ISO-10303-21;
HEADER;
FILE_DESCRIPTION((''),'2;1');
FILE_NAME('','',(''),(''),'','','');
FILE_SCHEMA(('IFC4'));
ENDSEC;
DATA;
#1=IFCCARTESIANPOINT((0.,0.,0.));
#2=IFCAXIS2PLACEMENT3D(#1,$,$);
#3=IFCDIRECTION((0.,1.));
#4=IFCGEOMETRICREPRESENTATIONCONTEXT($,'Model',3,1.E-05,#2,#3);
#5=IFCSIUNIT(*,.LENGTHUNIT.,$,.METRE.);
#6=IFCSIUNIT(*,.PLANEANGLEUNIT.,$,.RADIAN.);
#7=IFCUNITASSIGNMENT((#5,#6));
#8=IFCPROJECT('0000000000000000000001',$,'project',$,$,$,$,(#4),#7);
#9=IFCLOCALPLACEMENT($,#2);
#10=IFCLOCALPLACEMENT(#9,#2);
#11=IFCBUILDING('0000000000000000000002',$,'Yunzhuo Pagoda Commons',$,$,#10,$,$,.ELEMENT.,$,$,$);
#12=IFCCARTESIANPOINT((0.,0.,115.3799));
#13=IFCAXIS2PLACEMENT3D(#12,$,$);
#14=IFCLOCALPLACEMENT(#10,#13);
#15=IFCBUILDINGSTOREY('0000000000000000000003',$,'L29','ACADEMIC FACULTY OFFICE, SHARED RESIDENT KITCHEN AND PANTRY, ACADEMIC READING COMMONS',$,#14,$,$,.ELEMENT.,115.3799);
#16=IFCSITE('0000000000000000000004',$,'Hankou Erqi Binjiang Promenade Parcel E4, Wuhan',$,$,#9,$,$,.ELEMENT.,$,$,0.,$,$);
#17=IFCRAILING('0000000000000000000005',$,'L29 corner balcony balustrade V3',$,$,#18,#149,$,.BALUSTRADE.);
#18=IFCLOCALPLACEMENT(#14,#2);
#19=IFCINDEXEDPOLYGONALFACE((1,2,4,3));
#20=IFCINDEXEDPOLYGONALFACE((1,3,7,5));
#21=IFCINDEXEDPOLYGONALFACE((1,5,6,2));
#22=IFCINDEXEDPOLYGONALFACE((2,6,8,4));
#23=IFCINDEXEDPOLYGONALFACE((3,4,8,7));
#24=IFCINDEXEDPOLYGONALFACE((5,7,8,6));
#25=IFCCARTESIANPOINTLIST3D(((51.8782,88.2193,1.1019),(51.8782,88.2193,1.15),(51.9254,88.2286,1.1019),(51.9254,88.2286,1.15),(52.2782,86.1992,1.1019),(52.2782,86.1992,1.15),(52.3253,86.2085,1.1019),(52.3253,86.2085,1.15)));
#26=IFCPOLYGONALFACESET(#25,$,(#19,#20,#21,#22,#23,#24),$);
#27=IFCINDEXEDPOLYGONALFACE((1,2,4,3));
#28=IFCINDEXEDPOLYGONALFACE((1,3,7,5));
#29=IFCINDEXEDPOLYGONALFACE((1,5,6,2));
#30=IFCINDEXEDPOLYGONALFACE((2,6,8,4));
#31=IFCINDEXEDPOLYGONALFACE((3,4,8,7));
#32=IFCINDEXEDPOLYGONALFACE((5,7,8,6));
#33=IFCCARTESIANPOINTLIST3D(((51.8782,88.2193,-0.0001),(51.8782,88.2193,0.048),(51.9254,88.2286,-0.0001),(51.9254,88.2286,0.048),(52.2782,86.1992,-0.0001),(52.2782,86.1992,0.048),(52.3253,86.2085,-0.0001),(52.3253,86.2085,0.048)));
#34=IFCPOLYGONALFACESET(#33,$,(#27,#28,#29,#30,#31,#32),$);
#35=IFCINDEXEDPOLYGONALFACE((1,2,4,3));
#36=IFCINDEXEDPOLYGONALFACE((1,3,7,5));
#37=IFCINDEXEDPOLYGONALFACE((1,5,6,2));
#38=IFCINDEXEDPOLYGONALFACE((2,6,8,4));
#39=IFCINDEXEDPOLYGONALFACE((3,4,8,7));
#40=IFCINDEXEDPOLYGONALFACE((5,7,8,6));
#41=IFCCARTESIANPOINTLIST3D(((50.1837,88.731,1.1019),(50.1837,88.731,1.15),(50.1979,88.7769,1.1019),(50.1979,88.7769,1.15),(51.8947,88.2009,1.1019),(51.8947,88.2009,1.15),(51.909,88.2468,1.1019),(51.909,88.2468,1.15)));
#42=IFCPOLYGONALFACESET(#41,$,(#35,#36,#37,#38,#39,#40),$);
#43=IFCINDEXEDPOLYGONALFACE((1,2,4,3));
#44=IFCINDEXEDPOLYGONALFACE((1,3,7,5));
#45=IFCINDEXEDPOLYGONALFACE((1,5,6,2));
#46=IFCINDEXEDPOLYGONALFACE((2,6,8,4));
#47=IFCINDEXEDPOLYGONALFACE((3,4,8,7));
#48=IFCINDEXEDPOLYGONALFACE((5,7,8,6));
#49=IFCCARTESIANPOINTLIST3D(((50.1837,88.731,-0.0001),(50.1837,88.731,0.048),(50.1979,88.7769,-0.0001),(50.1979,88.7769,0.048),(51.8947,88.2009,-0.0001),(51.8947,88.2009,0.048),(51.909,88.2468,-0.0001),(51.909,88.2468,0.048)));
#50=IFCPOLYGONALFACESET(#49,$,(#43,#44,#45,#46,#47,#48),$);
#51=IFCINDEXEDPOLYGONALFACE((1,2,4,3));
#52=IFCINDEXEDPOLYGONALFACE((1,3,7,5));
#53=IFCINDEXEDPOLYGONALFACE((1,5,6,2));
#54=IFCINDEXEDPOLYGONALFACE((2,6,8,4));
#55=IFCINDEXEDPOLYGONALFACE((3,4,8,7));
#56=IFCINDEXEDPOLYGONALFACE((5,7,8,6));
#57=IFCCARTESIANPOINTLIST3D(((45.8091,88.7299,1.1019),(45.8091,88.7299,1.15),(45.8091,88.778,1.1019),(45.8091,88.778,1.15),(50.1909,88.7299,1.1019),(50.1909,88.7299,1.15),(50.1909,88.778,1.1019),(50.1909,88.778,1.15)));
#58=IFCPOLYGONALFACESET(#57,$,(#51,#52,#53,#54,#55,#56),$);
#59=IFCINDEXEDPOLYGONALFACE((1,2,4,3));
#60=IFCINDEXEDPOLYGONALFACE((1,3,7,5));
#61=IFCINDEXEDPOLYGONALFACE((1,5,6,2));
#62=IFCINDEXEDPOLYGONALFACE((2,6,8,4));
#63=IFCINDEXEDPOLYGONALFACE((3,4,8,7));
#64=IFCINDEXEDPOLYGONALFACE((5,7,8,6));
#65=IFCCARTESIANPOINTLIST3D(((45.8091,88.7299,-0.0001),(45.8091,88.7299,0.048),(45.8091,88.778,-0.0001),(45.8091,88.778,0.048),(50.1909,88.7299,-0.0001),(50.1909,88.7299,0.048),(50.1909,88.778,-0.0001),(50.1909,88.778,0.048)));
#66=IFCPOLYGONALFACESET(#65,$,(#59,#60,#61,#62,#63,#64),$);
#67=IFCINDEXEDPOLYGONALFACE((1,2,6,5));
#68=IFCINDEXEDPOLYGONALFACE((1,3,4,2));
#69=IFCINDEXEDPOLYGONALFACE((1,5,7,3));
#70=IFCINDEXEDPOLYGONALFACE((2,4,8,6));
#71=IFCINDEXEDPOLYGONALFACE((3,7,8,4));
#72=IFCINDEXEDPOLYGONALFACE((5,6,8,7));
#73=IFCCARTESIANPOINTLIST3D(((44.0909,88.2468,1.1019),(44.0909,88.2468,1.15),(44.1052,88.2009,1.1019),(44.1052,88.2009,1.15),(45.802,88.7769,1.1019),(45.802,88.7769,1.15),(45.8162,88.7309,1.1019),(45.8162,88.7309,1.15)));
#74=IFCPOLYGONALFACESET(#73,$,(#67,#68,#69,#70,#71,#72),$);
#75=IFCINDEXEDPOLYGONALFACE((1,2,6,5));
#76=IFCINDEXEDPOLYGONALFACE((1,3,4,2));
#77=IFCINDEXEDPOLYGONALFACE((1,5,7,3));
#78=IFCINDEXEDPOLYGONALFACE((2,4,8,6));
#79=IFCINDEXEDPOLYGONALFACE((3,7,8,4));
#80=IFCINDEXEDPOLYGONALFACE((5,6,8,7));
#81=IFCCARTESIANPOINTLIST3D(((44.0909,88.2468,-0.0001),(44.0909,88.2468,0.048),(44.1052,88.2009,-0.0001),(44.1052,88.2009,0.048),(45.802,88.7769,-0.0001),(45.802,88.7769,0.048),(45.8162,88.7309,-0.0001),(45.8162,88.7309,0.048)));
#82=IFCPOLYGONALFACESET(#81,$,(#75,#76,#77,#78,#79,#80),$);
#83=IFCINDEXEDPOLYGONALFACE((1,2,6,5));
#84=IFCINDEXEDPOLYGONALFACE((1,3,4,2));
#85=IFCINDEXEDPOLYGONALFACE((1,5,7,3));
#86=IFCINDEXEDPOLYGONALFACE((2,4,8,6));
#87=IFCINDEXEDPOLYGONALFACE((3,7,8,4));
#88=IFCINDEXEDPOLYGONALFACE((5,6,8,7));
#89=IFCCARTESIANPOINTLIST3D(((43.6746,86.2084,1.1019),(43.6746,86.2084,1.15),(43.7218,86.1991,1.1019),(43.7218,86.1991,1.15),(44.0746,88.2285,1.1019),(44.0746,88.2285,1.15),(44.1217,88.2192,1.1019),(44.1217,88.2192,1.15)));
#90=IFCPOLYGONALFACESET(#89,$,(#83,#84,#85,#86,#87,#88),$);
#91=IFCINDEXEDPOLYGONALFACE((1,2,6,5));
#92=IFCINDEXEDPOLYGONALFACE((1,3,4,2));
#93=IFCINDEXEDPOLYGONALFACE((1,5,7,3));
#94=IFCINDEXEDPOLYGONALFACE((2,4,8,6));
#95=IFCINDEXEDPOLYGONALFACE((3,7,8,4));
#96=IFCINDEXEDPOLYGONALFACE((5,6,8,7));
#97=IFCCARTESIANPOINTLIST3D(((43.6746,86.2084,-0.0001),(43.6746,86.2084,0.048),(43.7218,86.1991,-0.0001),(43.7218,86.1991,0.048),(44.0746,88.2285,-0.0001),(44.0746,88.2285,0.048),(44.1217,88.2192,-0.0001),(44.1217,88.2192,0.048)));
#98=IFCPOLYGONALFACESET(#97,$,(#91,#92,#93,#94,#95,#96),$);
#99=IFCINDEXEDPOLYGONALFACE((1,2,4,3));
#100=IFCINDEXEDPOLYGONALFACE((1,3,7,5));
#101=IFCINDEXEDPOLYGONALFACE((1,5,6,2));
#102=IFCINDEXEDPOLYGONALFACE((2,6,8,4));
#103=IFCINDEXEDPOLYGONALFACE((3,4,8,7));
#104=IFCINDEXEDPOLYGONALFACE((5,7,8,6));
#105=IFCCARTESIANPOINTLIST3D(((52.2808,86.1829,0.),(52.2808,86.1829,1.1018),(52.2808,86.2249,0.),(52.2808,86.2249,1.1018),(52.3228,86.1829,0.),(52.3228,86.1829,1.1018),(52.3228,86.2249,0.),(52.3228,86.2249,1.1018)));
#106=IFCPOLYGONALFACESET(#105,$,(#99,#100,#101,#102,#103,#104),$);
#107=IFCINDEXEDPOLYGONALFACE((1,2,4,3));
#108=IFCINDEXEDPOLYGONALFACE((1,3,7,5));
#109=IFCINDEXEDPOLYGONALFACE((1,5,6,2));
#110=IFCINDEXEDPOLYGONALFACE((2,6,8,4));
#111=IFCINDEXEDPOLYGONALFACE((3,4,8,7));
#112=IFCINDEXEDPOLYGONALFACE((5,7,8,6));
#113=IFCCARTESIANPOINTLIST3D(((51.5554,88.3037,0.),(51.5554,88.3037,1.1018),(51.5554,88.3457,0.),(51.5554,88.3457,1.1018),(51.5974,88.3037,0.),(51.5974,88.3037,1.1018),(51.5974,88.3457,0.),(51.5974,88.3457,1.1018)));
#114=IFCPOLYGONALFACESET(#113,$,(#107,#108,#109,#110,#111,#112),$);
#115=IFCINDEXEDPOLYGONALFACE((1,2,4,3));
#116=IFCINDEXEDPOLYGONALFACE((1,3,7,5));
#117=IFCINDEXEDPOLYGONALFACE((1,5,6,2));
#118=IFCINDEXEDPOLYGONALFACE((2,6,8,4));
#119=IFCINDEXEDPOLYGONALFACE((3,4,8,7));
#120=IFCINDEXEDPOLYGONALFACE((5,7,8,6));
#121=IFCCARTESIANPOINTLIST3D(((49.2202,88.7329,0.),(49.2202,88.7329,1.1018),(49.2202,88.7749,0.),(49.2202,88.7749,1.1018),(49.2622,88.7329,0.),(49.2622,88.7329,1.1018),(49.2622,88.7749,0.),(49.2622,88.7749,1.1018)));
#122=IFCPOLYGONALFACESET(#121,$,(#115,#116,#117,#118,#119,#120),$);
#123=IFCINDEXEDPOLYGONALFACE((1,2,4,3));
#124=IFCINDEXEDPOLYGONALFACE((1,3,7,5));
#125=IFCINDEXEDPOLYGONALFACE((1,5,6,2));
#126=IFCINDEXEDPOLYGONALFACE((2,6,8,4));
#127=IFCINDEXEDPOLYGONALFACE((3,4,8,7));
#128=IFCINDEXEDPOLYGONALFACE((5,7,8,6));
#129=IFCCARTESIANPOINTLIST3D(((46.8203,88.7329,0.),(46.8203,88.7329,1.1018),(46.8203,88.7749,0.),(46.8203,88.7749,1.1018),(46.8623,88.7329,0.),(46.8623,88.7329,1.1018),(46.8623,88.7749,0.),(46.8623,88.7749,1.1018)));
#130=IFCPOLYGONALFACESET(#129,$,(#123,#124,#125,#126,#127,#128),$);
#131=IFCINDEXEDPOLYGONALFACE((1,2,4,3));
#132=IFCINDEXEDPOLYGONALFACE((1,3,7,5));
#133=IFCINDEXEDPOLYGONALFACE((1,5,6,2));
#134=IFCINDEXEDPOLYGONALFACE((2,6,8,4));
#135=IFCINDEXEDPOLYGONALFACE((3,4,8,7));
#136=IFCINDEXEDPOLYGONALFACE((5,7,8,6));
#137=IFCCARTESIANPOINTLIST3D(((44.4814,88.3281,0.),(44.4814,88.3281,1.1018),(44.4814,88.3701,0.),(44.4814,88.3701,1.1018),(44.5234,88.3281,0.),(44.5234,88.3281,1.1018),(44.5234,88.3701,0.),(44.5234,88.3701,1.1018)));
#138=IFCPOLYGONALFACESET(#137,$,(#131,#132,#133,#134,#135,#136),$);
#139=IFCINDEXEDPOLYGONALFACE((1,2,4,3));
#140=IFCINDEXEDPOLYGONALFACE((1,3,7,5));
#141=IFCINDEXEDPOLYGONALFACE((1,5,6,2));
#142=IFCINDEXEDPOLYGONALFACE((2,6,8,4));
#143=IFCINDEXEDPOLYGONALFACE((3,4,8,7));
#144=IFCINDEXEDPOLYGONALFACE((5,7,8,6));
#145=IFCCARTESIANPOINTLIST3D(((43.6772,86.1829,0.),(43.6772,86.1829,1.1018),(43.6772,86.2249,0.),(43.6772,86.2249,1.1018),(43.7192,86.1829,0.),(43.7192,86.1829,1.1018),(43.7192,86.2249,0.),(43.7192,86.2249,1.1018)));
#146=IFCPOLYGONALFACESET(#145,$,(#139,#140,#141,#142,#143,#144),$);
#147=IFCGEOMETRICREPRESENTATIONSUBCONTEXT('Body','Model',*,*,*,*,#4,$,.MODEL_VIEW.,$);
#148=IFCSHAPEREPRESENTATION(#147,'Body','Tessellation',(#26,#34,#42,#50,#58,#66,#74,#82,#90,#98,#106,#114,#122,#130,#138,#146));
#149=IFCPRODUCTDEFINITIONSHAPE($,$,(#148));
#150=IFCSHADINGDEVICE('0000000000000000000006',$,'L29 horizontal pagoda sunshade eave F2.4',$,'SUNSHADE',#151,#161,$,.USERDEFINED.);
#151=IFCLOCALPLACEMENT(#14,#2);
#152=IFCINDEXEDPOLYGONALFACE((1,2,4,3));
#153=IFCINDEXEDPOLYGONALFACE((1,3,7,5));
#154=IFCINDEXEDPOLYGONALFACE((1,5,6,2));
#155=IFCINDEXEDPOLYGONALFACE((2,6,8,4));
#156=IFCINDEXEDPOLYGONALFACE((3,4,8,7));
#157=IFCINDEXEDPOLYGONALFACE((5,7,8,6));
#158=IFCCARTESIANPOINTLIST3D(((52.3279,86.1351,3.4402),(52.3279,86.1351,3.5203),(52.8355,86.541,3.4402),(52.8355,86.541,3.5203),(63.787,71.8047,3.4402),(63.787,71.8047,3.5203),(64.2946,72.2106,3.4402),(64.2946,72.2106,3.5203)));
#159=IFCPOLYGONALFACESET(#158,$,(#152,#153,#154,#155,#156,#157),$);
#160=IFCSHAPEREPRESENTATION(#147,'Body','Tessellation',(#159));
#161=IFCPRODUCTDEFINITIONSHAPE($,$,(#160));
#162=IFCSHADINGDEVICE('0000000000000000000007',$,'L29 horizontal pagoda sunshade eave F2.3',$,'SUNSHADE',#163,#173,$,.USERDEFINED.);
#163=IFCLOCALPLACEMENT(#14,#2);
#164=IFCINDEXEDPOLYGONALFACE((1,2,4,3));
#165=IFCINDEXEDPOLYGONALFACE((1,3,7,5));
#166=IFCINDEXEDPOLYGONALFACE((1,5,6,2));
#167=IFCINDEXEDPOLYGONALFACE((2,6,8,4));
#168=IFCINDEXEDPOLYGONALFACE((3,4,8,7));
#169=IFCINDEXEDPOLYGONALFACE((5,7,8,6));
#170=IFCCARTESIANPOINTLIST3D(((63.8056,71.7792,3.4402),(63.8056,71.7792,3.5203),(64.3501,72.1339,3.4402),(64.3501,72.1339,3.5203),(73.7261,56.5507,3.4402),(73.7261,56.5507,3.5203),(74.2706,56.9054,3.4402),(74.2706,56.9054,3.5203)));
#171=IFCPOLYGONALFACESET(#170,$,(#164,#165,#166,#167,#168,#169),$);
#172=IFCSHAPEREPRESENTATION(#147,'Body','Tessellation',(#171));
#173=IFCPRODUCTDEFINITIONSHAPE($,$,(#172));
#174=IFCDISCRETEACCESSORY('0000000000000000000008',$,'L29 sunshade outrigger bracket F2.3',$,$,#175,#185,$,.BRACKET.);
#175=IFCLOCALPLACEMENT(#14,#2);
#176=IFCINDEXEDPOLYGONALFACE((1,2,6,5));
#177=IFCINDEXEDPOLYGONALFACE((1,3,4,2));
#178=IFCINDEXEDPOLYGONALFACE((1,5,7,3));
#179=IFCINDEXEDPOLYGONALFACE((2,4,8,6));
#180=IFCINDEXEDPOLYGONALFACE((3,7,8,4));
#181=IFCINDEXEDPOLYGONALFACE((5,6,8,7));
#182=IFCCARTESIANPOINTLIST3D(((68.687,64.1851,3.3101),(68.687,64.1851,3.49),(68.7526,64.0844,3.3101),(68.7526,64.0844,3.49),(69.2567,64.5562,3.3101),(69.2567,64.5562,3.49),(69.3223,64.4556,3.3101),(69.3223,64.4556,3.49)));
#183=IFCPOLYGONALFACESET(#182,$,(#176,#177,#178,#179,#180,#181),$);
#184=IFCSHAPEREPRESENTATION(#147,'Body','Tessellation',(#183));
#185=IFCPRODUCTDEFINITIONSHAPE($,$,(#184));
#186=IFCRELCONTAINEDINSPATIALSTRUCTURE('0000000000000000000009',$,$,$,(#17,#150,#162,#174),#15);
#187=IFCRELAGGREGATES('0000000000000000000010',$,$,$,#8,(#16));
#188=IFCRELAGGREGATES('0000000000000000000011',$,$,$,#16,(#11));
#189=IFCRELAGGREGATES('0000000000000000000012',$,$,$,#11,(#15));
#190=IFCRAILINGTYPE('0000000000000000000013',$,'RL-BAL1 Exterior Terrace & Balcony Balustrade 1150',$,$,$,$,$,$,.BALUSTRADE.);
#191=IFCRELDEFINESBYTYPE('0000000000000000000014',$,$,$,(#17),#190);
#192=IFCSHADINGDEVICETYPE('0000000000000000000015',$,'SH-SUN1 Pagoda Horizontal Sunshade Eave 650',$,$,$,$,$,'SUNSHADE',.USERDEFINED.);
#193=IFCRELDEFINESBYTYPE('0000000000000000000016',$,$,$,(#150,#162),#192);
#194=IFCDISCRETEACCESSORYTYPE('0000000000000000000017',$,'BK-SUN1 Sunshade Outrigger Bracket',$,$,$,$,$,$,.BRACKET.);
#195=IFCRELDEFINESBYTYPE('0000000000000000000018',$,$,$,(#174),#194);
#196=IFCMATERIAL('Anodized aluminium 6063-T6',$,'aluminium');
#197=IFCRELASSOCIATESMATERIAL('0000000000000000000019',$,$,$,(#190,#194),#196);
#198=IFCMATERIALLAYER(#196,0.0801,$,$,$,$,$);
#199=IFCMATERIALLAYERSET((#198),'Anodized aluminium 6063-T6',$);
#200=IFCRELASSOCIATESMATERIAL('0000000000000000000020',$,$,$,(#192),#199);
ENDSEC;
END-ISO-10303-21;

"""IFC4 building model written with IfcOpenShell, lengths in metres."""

from ifc_helpers import new_model, si_unit, direction, frame, origin, origin_2d, place, context, subcontext, project, spatial, rectangle, extrude, source, transform, mapped, material, layer, layer_set, type_object, element, save


model = new_model("IFC4")

# Units and contexts
model_context = context("Model", 3, precision=1e-05, world=origin(), true_north=direction((0.0, 1.0)))
body_context = subcontext(model_context, "Body", "Model", "MODEL_VIEW")
ifc_project = project(units=[si_unit("LENGTHUNIT", "METRE"), si_unit("PLANEANGLEUNIT", "RADIAN")], contexts=[model_context])

# Site, building, storey
site_placement = place(None, origin())
site = spatial("IfcSite", under=ifc_project, at=site_placement, Name="Hankou Erqi Binjiang Promenade Parcel E4, Wuhan", CompositionType="ELEMENT", RefElevation=0.0)
building_placement = place(site_placement, origin())
building = spatial("IfcBuilding", under=site, at=building_placement, Name="Yunzhuo Pagoda Commons", CompositionType="ELEMENT")
storey_placement = place(building_placement, frame((0.0, 0.0, 115.3799)))
storey = spatial("IfcBuildingStorey", under=building, at=storey_placement, Name="L29", Description="ACADEMIC FACULTY OFFICE, SHARED RESIDENT KITCHEN AND PANTRY, ACADEMIC READING COMMONS", CompositionType="ELEMENT", Elevation=115.3799)

# Shared definitions
ifc_material_1 = material(Name="Anodized aluminium 6063-T6", Category="aluminium")

# Railing
railing_type_1 = type_object("IfcRailingType", Name="RL-BAL1 Exterior Terrace & Balcony Balustrade 1150", PredefinedType="BALUSTRADE", material=ifc_material_1)
railing_1_placement = place(storey_placement, frame((52.3018, 86.2039, 0.0)))
element("IfcRailing", 1, at=railing_1_placement, inside=storey, type_object=railing_type_1, Name="L29 corner balcony balustrade V3", PredefinedType="BALUSTRADE", context=body_context, shape_type="SweptSolid", body=[
    extrude(rectangle(XDim=0.0481, YDim=0.0481, at=origin_2d()), frame((0.0, 0.0, 1.126), z_axis=(-0.194201, 0.980962, 0.0), x_axis=(-0.980962, -0.194201, 0.0)), (0.0, 0.0, 1.0), 2.0593),
    extrude(rectangle(XDim=0.0481, YDim=0.0481, at=origin_2d()), frame((0.0, 0.0, 0.0239), z_axis=(-0.194201, 0.980962, 0.0), x_axis=(-0.980962, -0.194201, 0.0)), (0.0, 0.0, 1.0), 2.0593),
    extrude(rectangle(XDim=0.0481, YDim=0.0481, at=origin_2d()), frame((-0.3999, 2.02, 1.126), z_axis=(-0.955214, 0.295915, 0.0), x_axis=(-0.295915, -0.955214, 0.0)), (0.0, 0.0, 1.0), 1.7913),
    extrude(rectangle(XDim=0.0481, YDim=0.0481, at=origin_2d()), frame((-0.3999, 2.02, 0.0239), z_axis=(-0.955214, 0.295915, 0.0), x_axis=(-0.295915, -0.955214, 0.0)), (0.0, 0.0, 1.0), 1.7913),
    extrude(rectangle(XDim=0.0481, YDim=0.0481, at=origin_2d()), frame((-2.1108, 2.55, 1.126), z_axis=(-1.0, 0.0, 0.0), x_axis=(0.0, -1.0, 0.0)), (0.0, 0.0, 1.0), 4.3818),
    extrude(rectangle(XDim=0.0481, YDim=0.0481, at=origin_2d()), frame((-2.1108, 2.55, 0.0239), z_axis=(-1.0, 0.0, 0.0), x_axis=(0.0, -1.0, 0.0)), (0.0, 0.0, 1.0), 4.3818),
    extrude(rectangle(XDim=0.0481, YDim=0.0481, at=origin_2d()), frame((-6.4927, 2.55, 1.126), z_axis=(-0.955214, -0.295915, 0.0), x_axis=(0.295915, -0.955214, 0.0)), (0.0, 0.0, 1.0), 1.7913),
    extrude(rectangle(XDim=0.0481, YDim=0.0481, at=origin_2d()), frame((-6.4927, 2.55, 0.0239), z_axis=(-0.955214, -0.295915, 0.0), x_axis=(0.295915, -0.955214, 0.0)), (0.0, 0.0, 1.0), 1.7913),
    extrude(rectangle(XDim=0.0481, YDim=0.0481, at=origin_2d()), frame((-8.2036, 2.02, 1.126), z_axis=(-0.194201, -0.980962, 0.0), x_axis=(0.980962, -0.194201, 0.0)), (0.0, 0.0, 1.0), 2.0593),
    extrude(rectangle(XDim=0.0481, YDim=0.0481, at=origin_2d()), frame((-8.2036, 2.02, 0.0239), z_axis=(-0.194201, -0.980962, 0.0), x_axis=(0.980962, -0.194201, 0.0)), (0.0, 0.0, 1.0), 2.0593),
    extrude(rectangle(XDim=0.042, YDim=0.042, at=origin_2d()), origin(), (0.0, 0.0, 1.0), 1.1018),
    extrude(rectangle(XDim=0.042, YDim=0.042, at=origin_2d()), frame((-0.7253, 2.1208, 0.0)), (0.0, 0.0, 1.0), 1.1018),
    extrude(rectangle(XDim=0.042, YDim=0.042, at=origin_2d()), frame((-3.0605, 2.55, 0.0)), (0.0, 0.0, 1.0), 1.1018),
    extrude(rectangle(XDim=0.042, YDim=0.042, at=origin_2d()), frame((-5.4604, 2.55, 0.0)), (0.0, 0.0, 1.0), 1.1018),
    extrude(rectangle(XDim=0.042, YDim=0.042, at=origin_2d()), frame((-7.7993, 2.1453, 0.0)), (0.0, 0.0, 1.0), 1.1018),
    extrude(rectangle(XDim=0.042, YDim=0.042, at=origin_2d()), frame((-8.6035, 0.0, 0.0)), (0.0, 0.0, 1.0), 1.1018),
])

# Shading devices
ifc_layer_1 = layer(ifc_material_1, 0.0801)
ifc_layer_set_1 = layer_set([ifc_layer_1], Name="Anodized aluminium 6063-T6")
shading_device_type = type_object("IfcShadingDeviceType", Name="SH-SUN1 Pagoda Horizontal Sunshade Eave 650", ElementType="SUNSHADE", PredefinedType="USERDEFINED", material=ifc_layer_set_1)
shared_shape_1 = source(origin(), body_context, "Body", "SweptSolid", [
    extrude(rectangle(XDim=18.3486, YDim=0.6499, at=origin_2d()), origin(), (0.0, 0.0, 1.0), 0.0801),
])
shading_device_1_placement = place(storey_placement, frame((58.3113, 79.1729, 3.4402), z_axis=(0.0, 0.0, 1.0), x_axis=(-0.62452, 0.781008, 0.0)))
element("IfcShadingDevice", 2, at=shading_device_1_placement, inside=storey, type_object=shading_device_type, Name="L29 horizontal pagoda sunshade eave F2.4", ObjectType="SUNSHADE", PredefinedType="USERDEFINED", context=body_context, shape_type="MappedRepresentation", body=[
    mapped(shared_shape_1, transform((0.0, 0.0, 0.0), scale=1.0)),
])
shared_shape_2 = source(origin(), body_context, "Body", "SweptSolid", [
    extrude(rectangle(XDim=18.1748, YDim=0.6499, at=origin_2d()), origin(), (0.0, 0.0, 1.0), 0.0801),
])
shading_device_2_placement = place(storey_placement, frame((69.0381, 64.3423, 3.4402), z_axis=(0.0, 0.0, 1.0), x_axis=(-0.545839, 0.83789, 0.0)))
element("IfcShadingDevice", 3, at=shading_device_2_placement, inside=storey, type_object=shading_device_type, Name="L29 horizontal pagoda sunshade eave F2.3", ObjectType="SUNSHADE", PredefinedType="USERDEFINED", context=body_context, shape_type="MappedRepresentation", body=[
    mapped(shared_shape_2, transform((0.0, 0.0, 0.0), scale=1.0)),
])

# Discrete accessory
discrete_accessory_type = type_object("IfcDiscreteAccessoryType", Name="BK-SUN1 Sunshade Outrigger Bracket", PredefinedType="BRACKET", material=ifc_material_1)
shared_shape_3 = source(origin(), body_context, "Body", "SweptSolid", [
    extrude(rectangle(XDim=0.1201, YDim=0.6799, at=origin_2d()), origin(), (0.0, 0.0, 1.0), 0.1799),
])
discrete_accessory_placement = place(storey_placement, frame((69.0046, 64.3203, 3.3101), z_axis=(0.0, 0.0, 1.0), x_axis=(-0.545839, 0.83789, 0.0)))
element("IfcDiscreteAccessory", 4, at=discrete_accessory_placement, inside=storey, type_object=discrete_accessory_type, Name="L29 sunshade outrigger bracket F2.3", PredefinedType="BRACKET", context=body_context, shape_type="MappedRepresentation", body=[
    mapped(shared_shape_3, transform((0.0, 0.0, 0.0), scale=1.0)),
])

save(model, "model.ifc")
